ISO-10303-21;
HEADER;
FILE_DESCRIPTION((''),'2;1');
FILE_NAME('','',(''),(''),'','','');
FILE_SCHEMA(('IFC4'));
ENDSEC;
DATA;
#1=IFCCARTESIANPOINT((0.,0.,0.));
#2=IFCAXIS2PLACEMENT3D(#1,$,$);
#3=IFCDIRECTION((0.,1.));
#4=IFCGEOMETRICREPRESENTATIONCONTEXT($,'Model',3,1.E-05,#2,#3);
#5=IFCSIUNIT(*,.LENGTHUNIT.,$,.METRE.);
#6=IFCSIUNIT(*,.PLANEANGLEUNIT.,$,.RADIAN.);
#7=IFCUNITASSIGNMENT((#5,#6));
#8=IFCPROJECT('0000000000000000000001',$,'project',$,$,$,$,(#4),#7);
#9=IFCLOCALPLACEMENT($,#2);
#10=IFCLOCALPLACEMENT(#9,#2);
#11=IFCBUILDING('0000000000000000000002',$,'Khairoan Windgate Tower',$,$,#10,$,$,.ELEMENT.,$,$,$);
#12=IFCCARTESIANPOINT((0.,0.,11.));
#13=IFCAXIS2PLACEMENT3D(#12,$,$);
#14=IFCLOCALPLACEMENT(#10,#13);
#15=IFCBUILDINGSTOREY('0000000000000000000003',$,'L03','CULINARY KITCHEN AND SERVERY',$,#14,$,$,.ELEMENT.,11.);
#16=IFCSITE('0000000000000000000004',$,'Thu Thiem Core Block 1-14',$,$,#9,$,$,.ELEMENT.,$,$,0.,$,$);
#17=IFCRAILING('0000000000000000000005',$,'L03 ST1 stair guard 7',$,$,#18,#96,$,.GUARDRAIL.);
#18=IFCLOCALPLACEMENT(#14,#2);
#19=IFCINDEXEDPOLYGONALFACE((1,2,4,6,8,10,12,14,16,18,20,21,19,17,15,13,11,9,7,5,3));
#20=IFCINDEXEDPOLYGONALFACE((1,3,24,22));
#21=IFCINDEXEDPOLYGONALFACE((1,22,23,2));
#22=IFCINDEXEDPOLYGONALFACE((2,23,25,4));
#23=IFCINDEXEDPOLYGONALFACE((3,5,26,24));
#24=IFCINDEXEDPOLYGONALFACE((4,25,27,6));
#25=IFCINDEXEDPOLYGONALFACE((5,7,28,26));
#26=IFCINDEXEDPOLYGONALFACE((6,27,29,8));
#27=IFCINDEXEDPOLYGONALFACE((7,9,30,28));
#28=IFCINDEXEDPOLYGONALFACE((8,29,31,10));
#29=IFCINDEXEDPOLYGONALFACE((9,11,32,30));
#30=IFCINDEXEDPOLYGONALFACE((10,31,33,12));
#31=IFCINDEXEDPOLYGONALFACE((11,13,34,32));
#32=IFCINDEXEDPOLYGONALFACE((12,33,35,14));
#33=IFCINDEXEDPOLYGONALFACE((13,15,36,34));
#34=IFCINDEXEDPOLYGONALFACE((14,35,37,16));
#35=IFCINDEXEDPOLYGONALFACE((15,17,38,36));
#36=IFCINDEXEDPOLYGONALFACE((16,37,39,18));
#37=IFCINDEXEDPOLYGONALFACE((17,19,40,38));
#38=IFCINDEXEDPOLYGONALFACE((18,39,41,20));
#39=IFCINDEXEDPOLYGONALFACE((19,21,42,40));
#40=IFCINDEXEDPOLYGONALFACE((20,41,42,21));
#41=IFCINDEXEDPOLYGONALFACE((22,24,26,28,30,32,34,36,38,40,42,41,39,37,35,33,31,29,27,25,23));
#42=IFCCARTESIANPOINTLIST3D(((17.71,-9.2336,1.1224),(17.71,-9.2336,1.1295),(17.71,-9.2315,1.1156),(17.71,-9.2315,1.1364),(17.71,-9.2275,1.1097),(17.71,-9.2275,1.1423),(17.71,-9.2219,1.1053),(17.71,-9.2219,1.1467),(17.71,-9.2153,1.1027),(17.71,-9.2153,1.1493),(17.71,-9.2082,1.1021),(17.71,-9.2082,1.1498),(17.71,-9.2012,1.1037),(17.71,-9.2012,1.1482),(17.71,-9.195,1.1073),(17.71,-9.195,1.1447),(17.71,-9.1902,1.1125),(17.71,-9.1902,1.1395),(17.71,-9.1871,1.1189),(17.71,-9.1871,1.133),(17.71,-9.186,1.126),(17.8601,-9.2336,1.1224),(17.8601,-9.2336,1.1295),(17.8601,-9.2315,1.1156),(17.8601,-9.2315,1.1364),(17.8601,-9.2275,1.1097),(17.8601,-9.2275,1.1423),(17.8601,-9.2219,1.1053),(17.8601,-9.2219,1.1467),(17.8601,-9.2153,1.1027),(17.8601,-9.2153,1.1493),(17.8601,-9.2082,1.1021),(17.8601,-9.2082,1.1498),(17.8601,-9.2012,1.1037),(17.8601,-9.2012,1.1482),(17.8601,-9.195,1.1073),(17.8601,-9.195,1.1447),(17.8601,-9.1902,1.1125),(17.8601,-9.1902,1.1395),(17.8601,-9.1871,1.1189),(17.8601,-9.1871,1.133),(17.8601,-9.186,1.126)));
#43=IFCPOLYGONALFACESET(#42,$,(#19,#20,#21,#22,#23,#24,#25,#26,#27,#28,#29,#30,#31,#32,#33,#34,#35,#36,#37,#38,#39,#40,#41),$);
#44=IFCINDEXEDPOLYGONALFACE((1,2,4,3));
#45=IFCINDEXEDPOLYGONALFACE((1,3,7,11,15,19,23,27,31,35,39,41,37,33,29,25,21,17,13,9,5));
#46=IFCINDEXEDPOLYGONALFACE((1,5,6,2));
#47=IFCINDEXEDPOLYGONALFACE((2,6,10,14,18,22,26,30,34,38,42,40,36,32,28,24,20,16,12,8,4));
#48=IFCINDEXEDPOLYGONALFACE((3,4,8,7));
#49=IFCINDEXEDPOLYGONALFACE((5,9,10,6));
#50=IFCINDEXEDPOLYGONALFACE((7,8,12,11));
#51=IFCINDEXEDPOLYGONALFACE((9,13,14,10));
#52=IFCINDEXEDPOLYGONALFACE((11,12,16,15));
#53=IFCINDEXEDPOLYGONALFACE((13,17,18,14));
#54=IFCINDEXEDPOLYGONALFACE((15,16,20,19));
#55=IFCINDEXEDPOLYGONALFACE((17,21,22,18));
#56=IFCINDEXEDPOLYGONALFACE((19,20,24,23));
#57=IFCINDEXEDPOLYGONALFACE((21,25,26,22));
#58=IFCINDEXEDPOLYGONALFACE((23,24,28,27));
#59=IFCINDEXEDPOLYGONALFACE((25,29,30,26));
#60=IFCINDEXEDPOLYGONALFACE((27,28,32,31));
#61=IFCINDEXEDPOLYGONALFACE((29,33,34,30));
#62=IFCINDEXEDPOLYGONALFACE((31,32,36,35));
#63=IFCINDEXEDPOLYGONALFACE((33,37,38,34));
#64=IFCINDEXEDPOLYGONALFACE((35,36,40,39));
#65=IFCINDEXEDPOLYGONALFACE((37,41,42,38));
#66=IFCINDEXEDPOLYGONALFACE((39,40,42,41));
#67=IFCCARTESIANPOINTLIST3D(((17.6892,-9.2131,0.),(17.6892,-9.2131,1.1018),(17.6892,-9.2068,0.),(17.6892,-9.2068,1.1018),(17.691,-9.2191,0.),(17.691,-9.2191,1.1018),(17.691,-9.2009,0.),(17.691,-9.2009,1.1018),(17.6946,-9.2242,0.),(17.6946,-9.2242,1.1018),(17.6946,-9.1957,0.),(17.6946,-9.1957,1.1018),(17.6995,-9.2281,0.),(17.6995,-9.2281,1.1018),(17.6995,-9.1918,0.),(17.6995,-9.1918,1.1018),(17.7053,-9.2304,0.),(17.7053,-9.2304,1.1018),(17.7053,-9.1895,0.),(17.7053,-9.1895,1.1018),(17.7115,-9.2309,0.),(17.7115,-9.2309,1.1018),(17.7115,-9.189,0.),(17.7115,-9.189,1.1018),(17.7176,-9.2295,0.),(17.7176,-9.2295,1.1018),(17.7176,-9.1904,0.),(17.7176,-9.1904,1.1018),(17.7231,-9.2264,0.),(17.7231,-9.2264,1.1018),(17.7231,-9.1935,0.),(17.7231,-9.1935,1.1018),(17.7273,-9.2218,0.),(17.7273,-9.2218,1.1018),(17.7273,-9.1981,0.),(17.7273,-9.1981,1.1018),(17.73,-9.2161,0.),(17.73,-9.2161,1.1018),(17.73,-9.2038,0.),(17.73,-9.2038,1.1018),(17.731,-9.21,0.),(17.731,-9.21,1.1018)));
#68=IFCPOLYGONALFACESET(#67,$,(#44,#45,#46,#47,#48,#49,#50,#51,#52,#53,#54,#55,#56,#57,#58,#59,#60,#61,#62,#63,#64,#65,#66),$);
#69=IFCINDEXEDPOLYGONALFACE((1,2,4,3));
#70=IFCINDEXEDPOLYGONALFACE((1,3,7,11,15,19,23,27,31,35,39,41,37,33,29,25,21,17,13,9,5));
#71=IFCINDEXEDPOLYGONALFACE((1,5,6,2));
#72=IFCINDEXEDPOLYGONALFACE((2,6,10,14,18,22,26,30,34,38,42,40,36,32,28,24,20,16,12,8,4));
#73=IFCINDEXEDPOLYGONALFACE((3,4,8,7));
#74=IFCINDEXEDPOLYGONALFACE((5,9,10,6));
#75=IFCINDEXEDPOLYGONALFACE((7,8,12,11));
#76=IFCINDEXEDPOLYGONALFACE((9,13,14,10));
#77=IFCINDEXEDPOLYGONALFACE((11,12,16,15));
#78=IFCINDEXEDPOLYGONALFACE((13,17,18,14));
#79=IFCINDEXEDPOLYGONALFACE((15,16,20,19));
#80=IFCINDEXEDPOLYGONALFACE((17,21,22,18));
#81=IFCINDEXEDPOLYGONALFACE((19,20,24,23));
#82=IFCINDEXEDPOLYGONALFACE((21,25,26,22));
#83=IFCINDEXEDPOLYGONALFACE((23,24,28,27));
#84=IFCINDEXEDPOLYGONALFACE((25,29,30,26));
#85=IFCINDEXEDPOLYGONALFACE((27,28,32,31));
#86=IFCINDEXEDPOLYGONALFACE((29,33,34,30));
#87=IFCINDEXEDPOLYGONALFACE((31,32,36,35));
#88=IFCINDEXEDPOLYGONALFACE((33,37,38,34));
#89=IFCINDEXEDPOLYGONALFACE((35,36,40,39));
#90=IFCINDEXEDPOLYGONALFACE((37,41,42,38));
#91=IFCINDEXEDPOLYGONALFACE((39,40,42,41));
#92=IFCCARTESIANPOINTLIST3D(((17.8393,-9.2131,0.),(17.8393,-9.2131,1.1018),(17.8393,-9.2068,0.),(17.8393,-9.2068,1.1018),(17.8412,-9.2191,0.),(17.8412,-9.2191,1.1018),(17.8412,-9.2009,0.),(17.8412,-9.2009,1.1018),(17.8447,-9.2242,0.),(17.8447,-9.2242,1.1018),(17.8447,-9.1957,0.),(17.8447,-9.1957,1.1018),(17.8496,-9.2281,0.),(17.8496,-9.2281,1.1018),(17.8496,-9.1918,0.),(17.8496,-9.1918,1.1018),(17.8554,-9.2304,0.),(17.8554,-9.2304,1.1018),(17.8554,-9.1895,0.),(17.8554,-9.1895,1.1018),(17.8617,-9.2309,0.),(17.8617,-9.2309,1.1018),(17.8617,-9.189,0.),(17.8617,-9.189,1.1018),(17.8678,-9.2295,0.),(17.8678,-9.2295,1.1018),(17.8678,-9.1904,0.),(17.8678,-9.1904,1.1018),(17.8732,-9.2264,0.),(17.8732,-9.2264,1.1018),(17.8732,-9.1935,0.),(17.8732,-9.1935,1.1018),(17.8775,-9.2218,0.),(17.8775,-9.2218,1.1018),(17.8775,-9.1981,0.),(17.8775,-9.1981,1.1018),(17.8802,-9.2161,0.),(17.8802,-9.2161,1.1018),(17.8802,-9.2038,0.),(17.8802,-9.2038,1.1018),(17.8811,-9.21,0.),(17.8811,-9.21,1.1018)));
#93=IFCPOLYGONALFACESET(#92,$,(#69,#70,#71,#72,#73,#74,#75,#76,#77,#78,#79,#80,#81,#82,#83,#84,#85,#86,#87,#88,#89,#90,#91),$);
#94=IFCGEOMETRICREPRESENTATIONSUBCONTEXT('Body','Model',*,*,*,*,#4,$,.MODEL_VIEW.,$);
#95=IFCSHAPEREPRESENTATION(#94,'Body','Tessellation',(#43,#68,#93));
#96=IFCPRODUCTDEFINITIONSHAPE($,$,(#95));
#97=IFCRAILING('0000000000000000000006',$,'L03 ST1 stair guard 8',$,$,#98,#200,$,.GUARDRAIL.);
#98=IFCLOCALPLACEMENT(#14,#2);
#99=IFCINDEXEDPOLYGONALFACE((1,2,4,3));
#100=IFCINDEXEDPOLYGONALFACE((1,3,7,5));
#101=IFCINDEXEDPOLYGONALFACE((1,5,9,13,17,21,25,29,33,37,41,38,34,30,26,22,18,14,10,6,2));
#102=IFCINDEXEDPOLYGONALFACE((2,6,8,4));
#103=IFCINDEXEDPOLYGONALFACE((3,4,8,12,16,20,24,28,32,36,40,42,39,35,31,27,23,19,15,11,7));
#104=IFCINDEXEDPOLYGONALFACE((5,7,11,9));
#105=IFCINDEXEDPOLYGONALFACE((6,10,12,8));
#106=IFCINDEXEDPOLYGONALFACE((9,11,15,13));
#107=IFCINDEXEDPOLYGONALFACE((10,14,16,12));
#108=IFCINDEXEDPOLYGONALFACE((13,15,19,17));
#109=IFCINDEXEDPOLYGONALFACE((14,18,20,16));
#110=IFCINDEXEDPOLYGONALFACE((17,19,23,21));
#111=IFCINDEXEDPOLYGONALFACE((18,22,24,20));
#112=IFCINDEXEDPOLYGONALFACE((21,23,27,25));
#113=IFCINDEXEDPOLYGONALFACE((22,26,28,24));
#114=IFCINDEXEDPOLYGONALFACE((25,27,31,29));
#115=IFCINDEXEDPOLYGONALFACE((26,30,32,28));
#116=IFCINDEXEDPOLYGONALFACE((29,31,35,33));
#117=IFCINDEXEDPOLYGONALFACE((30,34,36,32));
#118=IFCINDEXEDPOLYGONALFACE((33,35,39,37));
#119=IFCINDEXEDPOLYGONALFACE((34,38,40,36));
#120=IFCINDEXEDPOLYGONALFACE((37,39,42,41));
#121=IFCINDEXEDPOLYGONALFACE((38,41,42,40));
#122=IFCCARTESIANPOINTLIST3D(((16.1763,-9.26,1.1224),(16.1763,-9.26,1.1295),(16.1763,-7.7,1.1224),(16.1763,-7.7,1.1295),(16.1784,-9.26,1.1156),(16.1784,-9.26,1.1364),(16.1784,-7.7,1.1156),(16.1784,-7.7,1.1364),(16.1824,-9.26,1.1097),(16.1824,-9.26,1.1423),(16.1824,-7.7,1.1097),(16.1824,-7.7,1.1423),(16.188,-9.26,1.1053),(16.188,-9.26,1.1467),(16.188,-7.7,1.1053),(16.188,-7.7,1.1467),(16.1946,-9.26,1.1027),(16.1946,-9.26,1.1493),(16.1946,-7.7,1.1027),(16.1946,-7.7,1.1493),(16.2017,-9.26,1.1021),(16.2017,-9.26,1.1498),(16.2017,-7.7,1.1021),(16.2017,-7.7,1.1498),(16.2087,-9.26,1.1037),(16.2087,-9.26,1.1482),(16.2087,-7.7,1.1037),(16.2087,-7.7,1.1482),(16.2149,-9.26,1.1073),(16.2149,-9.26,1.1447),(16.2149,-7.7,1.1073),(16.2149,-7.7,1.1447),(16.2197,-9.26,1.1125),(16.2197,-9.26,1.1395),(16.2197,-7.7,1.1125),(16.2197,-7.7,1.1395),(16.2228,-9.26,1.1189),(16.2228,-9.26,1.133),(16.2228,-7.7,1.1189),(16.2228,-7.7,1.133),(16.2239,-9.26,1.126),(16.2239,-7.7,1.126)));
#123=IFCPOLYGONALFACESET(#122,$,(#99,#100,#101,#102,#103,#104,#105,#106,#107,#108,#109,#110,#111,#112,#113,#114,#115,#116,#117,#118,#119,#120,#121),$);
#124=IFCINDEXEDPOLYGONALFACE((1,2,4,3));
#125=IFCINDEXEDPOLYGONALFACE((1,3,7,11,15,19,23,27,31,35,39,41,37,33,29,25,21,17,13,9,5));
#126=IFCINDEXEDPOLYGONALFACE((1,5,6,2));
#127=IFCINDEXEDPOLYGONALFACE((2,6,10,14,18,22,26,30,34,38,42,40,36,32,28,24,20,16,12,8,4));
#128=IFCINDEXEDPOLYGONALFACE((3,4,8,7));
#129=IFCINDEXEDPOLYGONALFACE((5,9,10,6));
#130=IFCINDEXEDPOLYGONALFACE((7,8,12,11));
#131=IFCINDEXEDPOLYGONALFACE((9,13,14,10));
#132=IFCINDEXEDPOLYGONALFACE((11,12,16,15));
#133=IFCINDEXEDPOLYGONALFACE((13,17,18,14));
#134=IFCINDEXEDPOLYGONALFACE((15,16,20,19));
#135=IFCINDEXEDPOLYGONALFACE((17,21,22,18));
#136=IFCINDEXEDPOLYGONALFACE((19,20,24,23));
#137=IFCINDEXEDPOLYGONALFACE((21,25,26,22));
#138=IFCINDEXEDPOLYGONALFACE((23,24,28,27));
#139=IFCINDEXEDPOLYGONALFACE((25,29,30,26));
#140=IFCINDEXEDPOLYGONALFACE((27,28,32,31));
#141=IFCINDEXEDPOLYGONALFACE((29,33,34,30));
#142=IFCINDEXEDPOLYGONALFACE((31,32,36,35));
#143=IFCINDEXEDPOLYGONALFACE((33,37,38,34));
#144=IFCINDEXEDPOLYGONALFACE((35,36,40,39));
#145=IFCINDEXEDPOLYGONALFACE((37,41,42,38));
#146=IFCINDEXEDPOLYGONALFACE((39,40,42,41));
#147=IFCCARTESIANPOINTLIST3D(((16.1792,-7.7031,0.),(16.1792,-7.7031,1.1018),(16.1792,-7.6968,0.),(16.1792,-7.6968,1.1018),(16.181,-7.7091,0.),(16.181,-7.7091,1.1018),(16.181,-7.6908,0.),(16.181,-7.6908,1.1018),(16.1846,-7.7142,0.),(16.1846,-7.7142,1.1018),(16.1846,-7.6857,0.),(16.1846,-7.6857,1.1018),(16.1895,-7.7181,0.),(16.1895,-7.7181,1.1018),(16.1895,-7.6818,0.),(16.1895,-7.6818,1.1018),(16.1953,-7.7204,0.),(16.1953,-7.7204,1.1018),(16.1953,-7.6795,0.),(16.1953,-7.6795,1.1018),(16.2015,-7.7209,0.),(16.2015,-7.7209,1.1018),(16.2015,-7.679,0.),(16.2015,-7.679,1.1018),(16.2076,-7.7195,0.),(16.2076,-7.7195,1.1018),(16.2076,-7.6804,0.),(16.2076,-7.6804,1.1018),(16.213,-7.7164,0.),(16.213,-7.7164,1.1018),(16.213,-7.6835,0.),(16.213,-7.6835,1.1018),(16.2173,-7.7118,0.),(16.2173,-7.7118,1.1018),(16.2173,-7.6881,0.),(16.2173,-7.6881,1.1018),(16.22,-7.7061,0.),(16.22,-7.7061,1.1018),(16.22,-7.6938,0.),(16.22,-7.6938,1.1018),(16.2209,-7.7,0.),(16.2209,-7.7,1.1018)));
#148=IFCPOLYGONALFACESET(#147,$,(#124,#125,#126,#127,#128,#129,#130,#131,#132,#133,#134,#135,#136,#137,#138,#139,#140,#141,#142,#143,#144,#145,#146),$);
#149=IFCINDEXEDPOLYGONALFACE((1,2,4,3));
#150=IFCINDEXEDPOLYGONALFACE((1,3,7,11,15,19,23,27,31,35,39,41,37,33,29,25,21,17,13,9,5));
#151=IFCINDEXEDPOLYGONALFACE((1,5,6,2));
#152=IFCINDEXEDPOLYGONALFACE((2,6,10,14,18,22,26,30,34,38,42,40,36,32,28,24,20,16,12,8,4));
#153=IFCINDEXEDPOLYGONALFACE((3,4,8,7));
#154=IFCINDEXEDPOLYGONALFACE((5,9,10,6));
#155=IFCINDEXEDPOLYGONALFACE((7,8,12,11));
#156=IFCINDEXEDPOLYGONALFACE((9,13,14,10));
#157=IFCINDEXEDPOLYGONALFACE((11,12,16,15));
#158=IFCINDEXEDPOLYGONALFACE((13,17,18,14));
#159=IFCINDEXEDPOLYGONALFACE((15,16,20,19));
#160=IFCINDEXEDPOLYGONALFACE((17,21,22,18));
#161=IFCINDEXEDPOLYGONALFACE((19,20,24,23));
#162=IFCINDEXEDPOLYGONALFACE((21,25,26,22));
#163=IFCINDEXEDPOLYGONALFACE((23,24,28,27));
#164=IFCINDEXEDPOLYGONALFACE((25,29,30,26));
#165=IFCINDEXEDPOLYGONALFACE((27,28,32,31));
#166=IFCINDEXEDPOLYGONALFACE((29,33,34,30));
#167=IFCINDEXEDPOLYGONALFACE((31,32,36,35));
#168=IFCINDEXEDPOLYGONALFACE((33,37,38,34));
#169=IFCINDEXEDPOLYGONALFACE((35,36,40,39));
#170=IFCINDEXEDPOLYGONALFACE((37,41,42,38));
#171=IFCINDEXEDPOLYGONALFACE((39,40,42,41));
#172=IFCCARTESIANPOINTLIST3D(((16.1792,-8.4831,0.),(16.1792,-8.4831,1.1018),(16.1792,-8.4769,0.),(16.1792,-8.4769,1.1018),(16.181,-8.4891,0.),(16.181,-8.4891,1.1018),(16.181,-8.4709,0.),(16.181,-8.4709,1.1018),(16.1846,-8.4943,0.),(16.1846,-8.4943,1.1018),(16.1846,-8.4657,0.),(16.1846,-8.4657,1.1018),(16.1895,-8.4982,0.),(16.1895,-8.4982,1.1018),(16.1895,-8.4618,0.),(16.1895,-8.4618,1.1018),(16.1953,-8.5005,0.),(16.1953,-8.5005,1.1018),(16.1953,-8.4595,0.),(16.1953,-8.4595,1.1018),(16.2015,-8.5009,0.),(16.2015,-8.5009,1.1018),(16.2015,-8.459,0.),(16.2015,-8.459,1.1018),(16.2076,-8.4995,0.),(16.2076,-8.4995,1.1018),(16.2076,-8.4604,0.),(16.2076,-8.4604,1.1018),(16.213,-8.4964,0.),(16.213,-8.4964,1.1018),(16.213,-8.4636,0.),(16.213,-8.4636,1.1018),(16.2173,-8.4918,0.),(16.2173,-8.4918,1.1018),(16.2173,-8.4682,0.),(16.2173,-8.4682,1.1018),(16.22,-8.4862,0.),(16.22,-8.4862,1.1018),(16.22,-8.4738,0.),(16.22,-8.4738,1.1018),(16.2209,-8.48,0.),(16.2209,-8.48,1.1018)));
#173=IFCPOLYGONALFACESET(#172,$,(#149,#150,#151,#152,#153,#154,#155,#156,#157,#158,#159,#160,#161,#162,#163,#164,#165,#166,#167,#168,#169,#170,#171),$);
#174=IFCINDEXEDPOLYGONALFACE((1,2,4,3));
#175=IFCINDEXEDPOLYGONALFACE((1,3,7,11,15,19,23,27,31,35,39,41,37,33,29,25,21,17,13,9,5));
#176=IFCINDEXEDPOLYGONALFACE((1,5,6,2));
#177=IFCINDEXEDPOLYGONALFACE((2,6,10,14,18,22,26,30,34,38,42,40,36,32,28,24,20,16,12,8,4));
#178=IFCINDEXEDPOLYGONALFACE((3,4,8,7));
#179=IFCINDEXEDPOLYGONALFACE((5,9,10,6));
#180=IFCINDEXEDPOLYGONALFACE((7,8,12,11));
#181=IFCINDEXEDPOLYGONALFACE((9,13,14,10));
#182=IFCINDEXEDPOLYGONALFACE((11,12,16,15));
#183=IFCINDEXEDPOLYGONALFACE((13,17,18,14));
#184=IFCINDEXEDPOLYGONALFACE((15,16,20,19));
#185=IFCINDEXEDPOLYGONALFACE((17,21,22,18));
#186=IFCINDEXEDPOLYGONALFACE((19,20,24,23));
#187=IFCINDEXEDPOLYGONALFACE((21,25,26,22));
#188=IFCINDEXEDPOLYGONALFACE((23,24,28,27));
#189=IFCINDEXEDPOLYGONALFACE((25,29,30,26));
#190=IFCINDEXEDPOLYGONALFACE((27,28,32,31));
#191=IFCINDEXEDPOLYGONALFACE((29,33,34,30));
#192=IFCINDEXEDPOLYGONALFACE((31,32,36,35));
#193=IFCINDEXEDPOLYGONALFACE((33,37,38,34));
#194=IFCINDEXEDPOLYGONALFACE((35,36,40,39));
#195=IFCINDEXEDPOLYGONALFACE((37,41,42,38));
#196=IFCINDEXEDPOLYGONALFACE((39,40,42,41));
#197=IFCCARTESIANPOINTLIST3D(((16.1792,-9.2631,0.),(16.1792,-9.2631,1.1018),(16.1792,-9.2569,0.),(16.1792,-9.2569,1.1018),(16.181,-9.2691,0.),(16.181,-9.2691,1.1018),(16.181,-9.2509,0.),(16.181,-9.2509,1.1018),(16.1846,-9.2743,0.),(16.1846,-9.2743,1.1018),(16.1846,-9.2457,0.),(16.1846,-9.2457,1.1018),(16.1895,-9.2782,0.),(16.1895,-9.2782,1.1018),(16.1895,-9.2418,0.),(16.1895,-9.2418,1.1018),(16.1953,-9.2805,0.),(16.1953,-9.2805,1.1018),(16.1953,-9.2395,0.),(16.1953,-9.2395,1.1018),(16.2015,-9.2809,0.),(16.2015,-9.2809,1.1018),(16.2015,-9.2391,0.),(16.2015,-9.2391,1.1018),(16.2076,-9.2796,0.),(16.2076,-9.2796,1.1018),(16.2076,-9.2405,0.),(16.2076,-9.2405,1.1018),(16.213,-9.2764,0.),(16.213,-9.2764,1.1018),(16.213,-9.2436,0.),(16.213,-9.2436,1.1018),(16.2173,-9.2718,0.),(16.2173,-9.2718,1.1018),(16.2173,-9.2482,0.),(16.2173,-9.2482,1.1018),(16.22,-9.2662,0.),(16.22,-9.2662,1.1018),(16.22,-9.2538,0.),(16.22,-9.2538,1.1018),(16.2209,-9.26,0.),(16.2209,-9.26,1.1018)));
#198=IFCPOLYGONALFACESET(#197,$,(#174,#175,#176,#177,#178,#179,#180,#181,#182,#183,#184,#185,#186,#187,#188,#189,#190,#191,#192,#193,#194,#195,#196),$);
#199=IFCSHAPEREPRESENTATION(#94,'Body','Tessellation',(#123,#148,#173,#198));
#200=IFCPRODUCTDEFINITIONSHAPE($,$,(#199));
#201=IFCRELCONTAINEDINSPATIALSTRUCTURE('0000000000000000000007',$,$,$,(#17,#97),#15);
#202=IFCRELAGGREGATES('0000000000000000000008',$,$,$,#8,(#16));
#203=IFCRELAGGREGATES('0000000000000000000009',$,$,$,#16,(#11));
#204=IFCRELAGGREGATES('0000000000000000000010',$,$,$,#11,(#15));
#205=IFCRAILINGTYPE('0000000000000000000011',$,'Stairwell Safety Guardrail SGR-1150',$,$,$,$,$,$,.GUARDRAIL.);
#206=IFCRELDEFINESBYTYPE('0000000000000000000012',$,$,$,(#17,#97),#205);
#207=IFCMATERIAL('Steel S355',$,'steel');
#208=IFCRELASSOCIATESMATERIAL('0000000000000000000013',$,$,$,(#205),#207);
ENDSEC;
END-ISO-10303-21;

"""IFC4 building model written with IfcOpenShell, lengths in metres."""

from ifc_helpers import new_model, si_unit, direction, frame, origin, origin_2d, place, context, subcontext, project, spatial, circle, extrude, material, type_object, element, save


model = new_model("IFC4")

# Units and contexts
model_context = context("Model", 3, precision=1e-05, world=origin(), true_north=direction((0.0, 1.0)))
body_context = subcontext(model_context, "Body", "Model", "MODEL_VIEW")
ifc_project = project(units=[si_unit("LENGTHUNIT", "METRE"), si_unit("PLANEANGLEUNIT", "RADIAN")], contexts=[model_context])

# Site, building, storey
site_placement = place(None, origin())
site = spatial("IfcSite", under=ifc_project, at=site_placement, Name="Thu Thiem Core Block 1-14", CompositionType="ELEMENT", RefElevation=0.0)
building_placement = place(site_placement, origin())
building = spatial("IfcBuilding", under=site, at=building_placement, Name="Khairoan Windgate Tower", CompositionType="ELEMENT")
storey_placement = place(building_placement, frame((0.0, 0.0, 11.0)))
storey = spatial("IfcBuildingStorey", under=building, at=storey_placement, Name="L03", Description="CULINARY KITCHEN AND SERVERY", CompositionType="ELEMENT", Elevation=11.0)

# Railings
ifc_material_1 = material(Name="Steel S355", Category="steel")
railing_type_1 = type_object("IfcRailingType", Name="Stairwell Safety Guardrail SGR-1150", PredefinedType="GUARDRAIL", material=ifc_material_1)
railing_1_placement = place(storey_placement, frame((17.71, -9.21, 0.0)))
element("IfcRailing", 1, at=railing_1_placement, inside=storey, type_object=railing_type_1, Name="L03 ST1 stair guard 7", PredefinedType="GUARDRAIL", context=body_context, shape_type="SweptSolid", body=[
    extrude(circle(Radius=0.0239, at=origin_2d()), frame((0.0, 0.0, 1.126), z_axis=(1.0, 0.0, 0.0), x_axis=(0.0, 1.0, 0.0)), (0.0, 0.0, 1.0), 0.1501),
    extrude(circle(Radius=0.021, at=origin_2d()), origin(), (0.0, 0.0, 1.0), 1.1018),
    extrude(circle(Radius=0.021, at=origin_2d()), frame((0.1501, 0.0, 0.0)), (0.0, 0.0, 1.0), 1.1018),
])
for number, where, name in (
    (2, (16.2, -7.7, 0.0), "L03 ST1 stair guard 8"),
):
    element("IfcRailing", number, at=place(storey_placement, frame(where)), inside=storey, type_object=railing_type_1, Name=name, PredefinedType="GUARDRAIL", context=body_context, shape_type="SweptSolid", body=[
        extrude(circle(Radius=0.0239, at=origin_2d()), frame((0.0, 0.0, 1.126), z_axis=(0.0, -1.0, 0.0), x_axis=(1.0, 0.0, 0.0)), (0.0, 0.0, 1.0), 1.5601),
        extrude(circle(Radius=0.021, at=origin_2d()), origin(), (0.0, 0.0, 1.0), 1.1018),
        extrude(circle(Radius=0.021, at=origin_2d()), frame((0.0, -0.78, 0.0)), (0.0, 0.0, 1.0), 1.1018),
        extrude(circle(Radius=0.021, at=origin_2d()), frame((0.0, -1.5601, 0.0)), (0.0, 0.0, 1.0), 1.1018),
    ])

save(model, "model.ifc")
